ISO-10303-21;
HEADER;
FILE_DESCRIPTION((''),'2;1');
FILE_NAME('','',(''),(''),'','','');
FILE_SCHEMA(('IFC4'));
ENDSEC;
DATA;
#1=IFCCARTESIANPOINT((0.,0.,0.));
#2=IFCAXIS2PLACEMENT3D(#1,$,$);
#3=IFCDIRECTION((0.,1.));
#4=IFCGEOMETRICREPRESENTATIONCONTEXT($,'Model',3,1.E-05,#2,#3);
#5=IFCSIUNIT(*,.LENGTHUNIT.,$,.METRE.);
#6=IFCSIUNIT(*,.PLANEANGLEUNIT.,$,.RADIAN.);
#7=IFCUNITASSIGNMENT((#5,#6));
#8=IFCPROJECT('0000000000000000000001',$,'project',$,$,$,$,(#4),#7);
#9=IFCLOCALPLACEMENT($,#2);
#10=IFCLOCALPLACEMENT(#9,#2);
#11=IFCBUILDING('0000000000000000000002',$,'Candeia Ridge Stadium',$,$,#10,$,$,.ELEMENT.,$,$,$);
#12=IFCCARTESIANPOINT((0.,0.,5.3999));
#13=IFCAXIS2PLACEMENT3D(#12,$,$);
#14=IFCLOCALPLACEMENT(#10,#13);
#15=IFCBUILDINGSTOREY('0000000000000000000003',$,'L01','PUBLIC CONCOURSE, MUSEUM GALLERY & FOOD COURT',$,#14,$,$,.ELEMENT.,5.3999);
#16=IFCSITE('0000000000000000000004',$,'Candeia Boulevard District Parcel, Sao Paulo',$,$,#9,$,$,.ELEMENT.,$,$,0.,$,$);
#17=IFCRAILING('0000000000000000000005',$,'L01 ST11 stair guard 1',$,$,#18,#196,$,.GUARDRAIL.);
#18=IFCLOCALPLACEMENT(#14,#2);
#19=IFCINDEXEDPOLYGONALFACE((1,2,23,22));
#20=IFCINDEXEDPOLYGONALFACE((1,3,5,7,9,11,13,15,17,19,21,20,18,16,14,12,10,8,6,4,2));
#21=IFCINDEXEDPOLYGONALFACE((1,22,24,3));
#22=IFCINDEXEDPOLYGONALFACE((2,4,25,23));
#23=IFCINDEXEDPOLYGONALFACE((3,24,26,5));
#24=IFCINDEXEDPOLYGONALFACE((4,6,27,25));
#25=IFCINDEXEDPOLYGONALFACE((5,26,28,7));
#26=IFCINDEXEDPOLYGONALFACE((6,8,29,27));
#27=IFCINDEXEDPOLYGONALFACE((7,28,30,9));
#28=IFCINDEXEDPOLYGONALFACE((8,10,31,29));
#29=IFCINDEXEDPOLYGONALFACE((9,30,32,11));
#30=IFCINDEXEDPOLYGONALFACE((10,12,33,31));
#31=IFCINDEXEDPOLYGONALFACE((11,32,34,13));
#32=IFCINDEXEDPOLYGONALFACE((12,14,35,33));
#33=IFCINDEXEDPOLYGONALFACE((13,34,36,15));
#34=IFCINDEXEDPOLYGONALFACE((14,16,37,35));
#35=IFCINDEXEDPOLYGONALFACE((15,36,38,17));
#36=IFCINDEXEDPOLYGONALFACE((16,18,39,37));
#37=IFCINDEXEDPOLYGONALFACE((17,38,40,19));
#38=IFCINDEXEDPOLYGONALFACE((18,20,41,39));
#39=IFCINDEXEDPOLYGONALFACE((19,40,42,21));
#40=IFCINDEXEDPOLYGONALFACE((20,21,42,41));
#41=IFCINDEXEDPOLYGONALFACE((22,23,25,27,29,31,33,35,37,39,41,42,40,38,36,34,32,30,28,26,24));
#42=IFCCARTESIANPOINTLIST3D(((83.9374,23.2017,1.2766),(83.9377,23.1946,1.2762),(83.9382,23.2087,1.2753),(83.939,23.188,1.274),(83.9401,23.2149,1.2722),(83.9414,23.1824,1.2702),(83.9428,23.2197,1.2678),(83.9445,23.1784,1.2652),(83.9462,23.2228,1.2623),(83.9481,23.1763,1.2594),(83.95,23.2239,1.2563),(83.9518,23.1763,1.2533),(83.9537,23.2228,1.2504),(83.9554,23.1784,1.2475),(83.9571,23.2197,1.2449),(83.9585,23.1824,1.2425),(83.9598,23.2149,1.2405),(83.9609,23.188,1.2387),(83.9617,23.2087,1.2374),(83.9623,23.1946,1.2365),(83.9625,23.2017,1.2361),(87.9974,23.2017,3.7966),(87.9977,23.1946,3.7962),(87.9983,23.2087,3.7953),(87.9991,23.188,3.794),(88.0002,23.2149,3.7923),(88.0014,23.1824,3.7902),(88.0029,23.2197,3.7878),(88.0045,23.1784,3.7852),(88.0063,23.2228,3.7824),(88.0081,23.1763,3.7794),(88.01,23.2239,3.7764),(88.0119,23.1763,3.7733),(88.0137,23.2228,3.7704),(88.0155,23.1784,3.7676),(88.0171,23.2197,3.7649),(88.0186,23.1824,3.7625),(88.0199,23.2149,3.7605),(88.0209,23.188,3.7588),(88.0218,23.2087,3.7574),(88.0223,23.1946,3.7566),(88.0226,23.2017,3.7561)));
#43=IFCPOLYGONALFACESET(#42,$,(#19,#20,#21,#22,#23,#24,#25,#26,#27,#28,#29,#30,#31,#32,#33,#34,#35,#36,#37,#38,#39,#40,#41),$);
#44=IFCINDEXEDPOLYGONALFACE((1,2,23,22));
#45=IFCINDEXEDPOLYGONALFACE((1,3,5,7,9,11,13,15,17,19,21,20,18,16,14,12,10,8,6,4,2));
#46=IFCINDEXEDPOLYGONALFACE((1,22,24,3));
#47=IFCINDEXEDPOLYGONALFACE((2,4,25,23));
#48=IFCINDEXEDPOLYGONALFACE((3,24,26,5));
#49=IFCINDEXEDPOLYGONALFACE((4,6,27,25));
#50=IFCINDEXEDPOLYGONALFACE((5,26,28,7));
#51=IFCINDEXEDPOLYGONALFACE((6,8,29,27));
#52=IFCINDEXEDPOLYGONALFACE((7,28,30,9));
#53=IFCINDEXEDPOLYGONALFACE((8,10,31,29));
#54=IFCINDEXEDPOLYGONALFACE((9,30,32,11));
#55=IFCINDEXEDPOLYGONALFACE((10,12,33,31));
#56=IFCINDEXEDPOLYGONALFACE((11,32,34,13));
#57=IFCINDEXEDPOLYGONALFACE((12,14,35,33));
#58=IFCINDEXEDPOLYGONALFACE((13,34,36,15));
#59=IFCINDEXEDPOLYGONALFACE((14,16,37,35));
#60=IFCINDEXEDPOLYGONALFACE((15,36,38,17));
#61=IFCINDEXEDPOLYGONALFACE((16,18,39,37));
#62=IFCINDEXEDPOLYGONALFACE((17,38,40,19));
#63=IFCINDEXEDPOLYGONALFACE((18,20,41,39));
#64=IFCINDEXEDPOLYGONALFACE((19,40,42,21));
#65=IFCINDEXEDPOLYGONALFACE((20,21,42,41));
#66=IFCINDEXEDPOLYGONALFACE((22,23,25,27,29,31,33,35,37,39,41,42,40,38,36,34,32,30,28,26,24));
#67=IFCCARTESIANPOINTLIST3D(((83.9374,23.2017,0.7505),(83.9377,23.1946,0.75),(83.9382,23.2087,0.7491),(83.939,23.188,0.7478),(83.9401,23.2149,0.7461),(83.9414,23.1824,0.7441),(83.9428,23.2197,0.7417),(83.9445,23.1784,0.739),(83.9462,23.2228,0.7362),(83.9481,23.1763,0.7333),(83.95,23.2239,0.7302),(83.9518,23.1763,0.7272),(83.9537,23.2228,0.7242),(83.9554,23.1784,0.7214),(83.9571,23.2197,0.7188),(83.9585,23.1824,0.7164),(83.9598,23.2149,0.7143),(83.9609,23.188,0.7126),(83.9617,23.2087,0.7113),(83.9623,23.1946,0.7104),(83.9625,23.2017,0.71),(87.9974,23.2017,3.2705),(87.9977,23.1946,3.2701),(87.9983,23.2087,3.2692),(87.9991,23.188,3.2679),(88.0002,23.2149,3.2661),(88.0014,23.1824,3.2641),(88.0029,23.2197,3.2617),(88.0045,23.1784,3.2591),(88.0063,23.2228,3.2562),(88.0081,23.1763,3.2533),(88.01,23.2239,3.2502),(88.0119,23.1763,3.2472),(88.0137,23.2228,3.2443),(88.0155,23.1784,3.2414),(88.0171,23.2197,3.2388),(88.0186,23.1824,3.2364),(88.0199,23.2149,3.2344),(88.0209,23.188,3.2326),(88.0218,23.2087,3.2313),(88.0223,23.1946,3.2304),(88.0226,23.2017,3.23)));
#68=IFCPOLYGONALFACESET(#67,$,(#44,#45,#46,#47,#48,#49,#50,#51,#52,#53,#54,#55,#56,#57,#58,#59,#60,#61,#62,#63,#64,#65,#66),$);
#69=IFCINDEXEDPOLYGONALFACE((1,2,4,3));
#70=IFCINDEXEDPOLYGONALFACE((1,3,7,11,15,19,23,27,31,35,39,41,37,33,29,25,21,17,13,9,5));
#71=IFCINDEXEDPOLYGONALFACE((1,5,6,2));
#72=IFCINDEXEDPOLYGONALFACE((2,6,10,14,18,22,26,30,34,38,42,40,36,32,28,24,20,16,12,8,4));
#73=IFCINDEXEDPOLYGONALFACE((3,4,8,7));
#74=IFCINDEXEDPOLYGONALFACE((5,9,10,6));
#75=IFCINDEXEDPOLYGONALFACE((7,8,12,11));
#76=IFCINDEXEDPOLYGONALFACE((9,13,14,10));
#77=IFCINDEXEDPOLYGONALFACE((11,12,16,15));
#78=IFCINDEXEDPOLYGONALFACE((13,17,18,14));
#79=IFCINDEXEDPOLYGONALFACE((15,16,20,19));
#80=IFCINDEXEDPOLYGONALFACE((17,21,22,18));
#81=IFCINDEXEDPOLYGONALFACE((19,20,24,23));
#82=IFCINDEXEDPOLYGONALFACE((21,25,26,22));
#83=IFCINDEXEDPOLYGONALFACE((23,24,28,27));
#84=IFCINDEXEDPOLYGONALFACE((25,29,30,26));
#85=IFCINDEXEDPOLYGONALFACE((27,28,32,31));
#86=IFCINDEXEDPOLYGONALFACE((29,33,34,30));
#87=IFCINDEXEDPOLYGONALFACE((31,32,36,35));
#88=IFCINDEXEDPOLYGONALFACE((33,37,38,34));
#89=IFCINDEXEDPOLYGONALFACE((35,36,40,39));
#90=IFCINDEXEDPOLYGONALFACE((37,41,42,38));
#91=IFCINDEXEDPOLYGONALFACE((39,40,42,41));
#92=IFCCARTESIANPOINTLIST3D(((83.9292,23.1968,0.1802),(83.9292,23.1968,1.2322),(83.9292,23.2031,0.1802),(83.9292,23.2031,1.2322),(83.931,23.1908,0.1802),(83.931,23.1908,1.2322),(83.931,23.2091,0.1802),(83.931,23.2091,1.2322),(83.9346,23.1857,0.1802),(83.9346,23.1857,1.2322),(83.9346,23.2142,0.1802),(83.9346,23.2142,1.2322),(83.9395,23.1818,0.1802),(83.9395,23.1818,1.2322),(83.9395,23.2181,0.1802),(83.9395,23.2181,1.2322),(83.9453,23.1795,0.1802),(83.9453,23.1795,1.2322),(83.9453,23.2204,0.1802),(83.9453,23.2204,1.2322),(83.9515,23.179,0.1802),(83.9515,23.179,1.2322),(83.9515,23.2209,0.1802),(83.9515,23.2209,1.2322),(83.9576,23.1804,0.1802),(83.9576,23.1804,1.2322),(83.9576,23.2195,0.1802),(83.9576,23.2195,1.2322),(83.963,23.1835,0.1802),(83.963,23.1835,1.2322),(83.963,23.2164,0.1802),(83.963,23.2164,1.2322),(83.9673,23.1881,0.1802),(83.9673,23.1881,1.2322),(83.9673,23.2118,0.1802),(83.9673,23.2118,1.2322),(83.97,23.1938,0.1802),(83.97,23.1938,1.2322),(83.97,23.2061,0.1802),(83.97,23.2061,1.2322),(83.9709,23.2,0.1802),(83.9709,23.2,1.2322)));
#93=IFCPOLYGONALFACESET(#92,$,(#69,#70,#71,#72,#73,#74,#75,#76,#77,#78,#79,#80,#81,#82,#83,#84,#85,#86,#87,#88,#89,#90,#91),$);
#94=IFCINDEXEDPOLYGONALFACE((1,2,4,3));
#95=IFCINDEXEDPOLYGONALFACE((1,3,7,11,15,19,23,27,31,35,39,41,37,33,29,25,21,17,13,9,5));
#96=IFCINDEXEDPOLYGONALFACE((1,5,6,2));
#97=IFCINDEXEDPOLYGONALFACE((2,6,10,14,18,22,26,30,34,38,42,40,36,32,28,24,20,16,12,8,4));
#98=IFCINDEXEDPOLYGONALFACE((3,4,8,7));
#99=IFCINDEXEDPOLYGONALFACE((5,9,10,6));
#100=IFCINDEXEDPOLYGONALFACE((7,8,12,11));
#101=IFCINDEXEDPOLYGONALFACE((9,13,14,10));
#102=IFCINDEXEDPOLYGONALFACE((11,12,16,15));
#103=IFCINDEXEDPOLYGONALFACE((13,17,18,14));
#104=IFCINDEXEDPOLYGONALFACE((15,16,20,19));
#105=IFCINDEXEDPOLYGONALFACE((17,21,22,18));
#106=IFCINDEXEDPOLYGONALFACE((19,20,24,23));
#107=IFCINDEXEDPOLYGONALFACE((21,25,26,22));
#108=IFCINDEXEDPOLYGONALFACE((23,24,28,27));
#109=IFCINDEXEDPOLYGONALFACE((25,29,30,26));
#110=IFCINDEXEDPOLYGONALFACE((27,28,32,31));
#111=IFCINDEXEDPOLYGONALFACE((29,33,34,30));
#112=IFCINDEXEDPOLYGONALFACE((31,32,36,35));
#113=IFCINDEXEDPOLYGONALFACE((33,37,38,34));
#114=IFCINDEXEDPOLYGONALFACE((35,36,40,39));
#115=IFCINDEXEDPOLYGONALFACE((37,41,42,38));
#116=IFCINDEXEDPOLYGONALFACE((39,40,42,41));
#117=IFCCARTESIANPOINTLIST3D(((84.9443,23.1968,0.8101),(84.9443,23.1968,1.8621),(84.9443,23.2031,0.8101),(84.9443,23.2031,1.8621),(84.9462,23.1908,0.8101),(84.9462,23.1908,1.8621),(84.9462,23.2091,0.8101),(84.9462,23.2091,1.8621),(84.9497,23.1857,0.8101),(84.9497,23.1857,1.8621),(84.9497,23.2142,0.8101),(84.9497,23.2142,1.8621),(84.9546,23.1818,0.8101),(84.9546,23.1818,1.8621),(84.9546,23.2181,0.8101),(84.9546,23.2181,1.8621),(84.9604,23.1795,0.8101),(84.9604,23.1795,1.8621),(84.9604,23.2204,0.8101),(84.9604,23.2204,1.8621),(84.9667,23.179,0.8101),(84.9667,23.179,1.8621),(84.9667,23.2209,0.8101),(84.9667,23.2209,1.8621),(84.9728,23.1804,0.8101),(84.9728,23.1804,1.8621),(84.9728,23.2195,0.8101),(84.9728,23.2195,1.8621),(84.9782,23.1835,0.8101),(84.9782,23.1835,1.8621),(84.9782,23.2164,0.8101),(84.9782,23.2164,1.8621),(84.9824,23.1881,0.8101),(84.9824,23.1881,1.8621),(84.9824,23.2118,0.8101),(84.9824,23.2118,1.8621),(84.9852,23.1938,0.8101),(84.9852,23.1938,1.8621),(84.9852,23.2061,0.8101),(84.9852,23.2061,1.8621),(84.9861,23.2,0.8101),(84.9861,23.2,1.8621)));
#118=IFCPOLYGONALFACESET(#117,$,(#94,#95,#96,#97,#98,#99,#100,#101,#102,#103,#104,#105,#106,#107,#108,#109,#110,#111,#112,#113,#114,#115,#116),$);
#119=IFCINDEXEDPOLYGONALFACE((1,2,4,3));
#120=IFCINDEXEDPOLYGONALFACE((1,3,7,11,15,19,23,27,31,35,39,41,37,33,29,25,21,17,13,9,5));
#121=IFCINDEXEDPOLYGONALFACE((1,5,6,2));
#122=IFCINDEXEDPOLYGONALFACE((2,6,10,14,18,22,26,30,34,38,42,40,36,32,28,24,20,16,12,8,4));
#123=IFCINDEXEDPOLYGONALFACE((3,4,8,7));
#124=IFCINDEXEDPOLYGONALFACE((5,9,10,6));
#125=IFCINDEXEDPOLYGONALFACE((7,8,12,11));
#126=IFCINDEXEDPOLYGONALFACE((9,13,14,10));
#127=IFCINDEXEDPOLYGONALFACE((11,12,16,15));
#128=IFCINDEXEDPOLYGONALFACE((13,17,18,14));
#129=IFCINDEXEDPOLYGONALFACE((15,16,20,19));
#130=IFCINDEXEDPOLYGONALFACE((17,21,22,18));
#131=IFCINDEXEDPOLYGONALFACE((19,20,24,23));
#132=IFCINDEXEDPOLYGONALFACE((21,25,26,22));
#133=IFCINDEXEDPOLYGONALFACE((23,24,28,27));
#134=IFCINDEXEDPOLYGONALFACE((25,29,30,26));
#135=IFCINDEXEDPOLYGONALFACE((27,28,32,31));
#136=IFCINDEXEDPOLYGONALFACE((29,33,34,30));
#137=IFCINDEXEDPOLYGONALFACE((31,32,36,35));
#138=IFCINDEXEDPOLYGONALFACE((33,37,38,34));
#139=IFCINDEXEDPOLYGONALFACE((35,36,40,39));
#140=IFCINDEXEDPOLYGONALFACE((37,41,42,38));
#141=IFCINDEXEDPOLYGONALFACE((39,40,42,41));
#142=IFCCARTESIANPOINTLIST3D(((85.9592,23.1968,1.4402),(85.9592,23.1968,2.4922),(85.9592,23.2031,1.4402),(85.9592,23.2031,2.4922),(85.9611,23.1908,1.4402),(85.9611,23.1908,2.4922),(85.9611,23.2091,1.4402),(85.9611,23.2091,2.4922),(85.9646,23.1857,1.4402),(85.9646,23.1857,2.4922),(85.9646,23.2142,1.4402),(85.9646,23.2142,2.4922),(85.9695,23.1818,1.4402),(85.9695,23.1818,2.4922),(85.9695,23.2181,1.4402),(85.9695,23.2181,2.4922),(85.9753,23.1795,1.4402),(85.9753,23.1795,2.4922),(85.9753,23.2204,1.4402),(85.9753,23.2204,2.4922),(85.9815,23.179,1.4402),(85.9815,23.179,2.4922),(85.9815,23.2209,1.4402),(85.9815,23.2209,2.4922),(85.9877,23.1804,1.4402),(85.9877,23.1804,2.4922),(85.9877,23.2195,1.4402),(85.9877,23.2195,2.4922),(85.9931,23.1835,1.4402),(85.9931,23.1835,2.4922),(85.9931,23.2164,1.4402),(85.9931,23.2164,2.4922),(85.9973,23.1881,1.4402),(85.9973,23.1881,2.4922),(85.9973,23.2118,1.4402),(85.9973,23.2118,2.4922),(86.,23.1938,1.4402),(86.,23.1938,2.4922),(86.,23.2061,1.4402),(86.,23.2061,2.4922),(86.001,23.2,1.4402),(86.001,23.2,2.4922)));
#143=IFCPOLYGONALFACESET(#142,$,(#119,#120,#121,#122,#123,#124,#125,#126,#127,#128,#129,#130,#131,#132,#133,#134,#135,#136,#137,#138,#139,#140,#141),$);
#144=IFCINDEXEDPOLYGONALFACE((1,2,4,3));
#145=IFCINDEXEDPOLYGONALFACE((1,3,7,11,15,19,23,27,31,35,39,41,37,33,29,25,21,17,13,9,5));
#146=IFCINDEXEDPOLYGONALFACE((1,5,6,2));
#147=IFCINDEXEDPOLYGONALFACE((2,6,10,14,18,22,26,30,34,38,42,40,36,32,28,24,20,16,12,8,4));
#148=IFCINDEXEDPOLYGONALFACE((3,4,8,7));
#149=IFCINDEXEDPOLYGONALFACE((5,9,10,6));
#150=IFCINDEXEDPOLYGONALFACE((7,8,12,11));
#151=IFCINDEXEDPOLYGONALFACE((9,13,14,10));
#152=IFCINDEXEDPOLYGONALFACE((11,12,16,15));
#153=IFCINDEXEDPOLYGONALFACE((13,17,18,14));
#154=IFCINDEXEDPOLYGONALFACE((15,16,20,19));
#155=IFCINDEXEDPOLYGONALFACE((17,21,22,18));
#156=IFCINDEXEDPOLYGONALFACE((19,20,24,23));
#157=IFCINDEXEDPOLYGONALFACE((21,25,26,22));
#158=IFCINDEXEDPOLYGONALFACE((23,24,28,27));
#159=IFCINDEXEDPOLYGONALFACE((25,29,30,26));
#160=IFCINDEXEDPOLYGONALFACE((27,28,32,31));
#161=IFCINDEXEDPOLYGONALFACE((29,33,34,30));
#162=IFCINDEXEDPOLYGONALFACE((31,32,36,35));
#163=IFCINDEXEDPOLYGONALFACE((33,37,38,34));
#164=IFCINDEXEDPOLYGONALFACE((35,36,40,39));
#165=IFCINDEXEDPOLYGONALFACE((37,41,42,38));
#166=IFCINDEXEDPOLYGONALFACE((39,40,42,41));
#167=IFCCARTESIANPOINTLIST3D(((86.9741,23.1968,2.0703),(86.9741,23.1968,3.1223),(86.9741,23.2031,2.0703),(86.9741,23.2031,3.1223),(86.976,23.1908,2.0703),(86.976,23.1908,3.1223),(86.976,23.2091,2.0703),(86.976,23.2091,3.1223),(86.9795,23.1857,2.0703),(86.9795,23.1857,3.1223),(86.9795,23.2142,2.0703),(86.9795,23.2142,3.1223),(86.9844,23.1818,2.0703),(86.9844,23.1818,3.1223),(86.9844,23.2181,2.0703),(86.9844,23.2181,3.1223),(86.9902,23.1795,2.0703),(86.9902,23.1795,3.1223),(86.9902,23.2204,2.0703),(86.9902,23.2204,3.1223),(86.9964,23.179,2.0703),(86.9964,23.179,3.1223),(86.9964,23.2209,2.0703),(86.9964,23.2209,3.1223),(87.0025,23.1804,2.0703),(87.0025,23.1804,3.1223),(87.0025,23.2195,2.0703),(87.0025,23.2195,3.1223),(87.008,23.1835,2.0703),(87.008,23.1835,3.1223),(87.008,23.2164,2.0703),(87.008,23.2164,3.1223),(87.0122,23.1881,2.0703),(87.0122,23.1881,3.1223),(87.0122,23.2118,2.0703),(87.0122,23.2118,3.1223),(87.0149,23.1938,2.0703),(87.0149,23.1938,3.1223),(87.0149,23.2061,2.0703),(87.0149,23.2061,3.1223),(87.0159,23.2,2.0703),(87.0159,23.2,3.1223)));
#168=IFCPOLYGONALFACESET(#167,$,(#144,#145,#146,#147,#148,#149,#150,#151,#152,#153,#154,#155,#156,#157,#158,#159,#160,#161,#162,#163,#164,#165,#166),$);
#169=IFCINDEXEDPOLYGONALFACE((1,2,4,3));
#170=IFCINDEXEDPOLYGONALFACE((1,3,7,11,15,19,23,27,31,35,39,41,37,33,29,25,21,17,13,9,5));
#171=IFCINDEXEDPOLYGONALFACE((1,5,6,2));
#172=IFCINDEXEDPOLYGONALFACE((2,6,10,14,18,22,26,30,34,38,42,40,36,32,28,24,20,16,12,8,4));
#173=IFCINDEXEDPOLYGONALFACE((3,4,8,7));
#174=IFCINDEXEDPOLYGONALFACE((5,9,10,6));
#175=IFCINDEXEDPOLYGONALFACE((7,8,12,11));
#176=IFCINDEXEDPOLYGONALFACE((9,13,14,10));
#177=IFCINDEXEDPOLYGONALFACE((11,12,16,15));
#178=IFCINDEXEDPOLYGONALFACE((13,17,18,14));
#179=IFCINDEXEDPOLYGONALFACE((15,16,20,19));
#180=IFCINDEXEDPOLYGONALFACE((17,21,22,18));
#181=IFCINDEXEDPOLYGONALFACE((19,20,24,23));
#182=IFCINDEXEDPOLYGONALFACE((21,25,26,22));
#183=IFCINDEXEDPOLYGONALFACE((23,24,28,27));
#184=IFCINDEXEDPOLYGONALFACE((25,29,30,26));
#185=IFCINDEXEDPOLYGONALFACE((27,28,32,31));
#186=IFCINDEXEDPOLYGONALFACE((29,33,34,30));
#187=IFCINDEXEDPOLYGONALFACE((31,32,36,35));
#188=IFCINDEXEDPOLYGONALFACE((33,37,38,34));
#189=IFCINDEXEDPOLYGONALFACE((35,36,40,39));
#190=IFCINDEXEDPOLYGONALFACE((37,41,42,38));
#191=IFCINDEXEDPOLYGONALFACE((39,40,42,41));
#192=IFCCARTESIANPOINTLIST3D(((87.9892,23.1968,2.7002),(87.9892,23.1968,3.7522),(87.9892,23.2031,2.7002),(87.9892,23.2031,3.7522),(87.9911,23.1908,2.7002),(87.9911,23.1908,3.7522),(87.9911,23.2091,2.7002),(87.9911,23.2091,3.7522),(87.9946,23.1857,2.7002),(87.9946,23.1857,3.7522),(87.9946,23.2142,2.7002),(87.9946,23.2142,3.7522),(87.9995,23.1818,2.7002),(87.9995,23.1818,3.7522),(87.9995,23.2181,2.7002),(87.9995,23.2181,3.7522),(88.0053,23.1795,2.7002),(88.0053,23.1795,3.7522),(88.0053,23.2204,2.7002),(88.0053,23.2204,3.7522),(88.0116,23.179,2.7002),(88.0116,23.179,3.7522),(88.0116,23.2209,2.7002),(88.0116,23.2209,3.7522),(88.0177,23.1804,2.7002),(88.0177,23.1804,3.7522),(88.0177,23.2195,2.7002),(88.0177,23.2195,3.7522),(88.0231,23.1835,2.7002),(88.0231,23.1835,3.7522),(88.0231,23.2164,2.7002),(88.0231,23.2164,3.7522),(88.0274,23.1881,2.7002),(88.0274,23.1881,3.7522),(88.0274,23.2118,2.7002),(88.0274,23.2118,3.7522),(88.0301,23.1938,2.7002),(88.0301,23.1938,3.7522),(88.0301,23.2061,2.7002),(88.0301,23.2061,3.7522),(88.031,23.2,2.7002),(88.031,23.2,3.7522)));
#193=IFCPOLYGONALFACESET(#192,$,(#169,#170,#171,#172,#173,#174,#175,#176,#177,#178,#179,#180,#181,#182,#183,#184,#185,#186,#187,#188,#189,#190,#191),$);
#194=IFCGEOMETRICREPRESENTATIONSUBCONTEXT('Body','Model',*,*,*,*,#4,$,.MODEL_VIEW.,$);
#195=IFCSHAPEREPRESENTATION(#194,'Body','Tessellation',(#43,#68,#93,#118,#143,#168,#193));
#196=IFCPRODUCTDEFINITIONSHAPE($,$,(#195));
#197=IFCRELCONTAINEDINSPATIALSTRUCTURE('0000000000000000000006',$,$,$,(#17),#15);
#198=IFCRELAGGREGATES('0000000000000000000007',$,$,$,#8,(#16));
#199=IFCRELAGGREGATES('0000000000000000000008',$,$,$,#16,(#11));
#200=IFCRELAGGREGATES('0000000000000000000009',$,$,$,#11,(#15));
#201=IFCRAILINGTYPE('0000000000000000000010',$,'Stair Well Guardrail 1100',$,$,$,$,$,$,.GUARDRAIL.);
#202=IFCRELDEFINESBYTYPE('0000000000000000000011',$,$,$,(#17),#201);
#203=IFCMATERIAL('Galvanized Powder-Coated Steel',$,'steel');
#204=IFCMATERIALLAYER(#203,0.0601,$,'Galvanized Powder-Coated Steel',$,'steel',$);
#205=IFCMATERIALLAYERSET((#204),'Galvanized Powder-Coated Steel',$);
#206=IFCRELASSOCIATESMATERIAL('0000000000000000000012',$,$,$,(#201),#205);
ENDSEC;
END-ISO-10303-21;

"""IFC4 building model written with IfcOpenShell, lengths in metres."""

from ifc_helpers import new_model, si_unit, direction, frame, origin, origin_2d, place, context, subcontext, project, spatial, circle, extrude, material, layer, layer_set, type_object, element, save


model = new_model("IFC4")

# Units and contexts
model_context = context("Model", 3, precision=1e-05, world=origin(), true_north=direction((0.0, 1.0)))
body_context = subcontext(model_context, "Body", "Model", "MODEL_VIEW")
ifc_project = project(units=[si_unit("LENGTHUNIT", "METRE"), si_unit("PLANEANGLEUNIT", "RADIAN")], contexts=[model_context])

# Site, building, storey
site_placement = place(None, origin())
site = spatial("IfcSite", under=ifc_project, at=site_placement, Name="Candeia Boulevard District Parcel, Sao Paulo", CompositionType="ELEMENT", RefElevation=0.0)
building_placement = place(site_placement, origin())
building = spatial("IfcBuilding", under=site, at=building_placement, Name="Candeia Ridge Stadium", CompositionType="ELEMENT")
storey_placement = place(building_placement, frame((0.0, 0.0, 5.3999)))
storey = spatial("IfcBuildingStorey", under=building, at=storey_placement, Name="L01", Description="PUBLIC CONCOURSE, MUSEUM GALLERY & FOOD COURT", CompositionType="ELEMENT", Elevation=5.3999)

# Railing
ifc_material_1 = material(Name="Galvanized Powder-Coated Steel", Category="steel")
ifc_layer_1 = layer(ifc_material_1, 0.0601, Name="Galvanized Powder-Coated Steel", Category="steel")
ifc_layer_set_1 = layer_set([ifc_layer_1], Name="Galvanized Powder-Coated Steel")
railing_type_1 = type_object("IfcRailingType", Name="Stair Well Guardrail 1100", PredefinedType="GUARDRAIL", material=ifc_layer_set_1)
railing_1_placement = place(storey_placement, frame((83.95, 23.2, 0.1802)))
element("IfcRailing", 1, at=railing_1_placement, inside=storey, type_object=railing_type_1, Name="L01 ST11 stair guard 1", PredefinedType="GUARDRAIL", context=body_context, shape_type="SweptSolid", body=[
    extrude(circle(Radius=0.0239, at=origin_2d()), frame((0.0, 0.0, 1.0762), z_axis=(0.849642, 0.0, 0.52736), x_axis=(0.0, 1.0, 0.0)), (0.0, 0.0, 1.0), 4.7786),
    extrude(circle(Radius=0.0239, at=origin_2d()), frame((0.0, 0.0, 0.55), z_axis=(0.849642, 0.0, 0.52736), x_axis=(0.0, 1.0, 0.0)), (0.0, 0.0, 1.0), 4.7786),
    extrude(circle(Radius=0.021, at=origin_2d()), origin(), (0.0, 0.0, 1.0), 1.052),
    extrude(circle(Radius=0.021, at=origin_2d()), frame((1.0151, 0.0, 0.6299)), (0.0, 0.0, 1.0), 1.052),
    extrude(circle(Radius=0.021, at=origin_2d()), frame((2.03, 0.0, 1.26)), (0.0, 0.0, 1.0), 1.052),
    extrude(circle(Radius=0.021, at=origin_2d()), frame((3.0449, 0.0, 1.8901)), (0.0, 0.0, 1.0), 1.052),
    extrude(circle(Radius=0.021, at=origin_2d()), frame((4.0601, 0.0, 2.52)), (0.0, 0.0, 1.0), 1.052),
])

save(model, "model.ifc")
